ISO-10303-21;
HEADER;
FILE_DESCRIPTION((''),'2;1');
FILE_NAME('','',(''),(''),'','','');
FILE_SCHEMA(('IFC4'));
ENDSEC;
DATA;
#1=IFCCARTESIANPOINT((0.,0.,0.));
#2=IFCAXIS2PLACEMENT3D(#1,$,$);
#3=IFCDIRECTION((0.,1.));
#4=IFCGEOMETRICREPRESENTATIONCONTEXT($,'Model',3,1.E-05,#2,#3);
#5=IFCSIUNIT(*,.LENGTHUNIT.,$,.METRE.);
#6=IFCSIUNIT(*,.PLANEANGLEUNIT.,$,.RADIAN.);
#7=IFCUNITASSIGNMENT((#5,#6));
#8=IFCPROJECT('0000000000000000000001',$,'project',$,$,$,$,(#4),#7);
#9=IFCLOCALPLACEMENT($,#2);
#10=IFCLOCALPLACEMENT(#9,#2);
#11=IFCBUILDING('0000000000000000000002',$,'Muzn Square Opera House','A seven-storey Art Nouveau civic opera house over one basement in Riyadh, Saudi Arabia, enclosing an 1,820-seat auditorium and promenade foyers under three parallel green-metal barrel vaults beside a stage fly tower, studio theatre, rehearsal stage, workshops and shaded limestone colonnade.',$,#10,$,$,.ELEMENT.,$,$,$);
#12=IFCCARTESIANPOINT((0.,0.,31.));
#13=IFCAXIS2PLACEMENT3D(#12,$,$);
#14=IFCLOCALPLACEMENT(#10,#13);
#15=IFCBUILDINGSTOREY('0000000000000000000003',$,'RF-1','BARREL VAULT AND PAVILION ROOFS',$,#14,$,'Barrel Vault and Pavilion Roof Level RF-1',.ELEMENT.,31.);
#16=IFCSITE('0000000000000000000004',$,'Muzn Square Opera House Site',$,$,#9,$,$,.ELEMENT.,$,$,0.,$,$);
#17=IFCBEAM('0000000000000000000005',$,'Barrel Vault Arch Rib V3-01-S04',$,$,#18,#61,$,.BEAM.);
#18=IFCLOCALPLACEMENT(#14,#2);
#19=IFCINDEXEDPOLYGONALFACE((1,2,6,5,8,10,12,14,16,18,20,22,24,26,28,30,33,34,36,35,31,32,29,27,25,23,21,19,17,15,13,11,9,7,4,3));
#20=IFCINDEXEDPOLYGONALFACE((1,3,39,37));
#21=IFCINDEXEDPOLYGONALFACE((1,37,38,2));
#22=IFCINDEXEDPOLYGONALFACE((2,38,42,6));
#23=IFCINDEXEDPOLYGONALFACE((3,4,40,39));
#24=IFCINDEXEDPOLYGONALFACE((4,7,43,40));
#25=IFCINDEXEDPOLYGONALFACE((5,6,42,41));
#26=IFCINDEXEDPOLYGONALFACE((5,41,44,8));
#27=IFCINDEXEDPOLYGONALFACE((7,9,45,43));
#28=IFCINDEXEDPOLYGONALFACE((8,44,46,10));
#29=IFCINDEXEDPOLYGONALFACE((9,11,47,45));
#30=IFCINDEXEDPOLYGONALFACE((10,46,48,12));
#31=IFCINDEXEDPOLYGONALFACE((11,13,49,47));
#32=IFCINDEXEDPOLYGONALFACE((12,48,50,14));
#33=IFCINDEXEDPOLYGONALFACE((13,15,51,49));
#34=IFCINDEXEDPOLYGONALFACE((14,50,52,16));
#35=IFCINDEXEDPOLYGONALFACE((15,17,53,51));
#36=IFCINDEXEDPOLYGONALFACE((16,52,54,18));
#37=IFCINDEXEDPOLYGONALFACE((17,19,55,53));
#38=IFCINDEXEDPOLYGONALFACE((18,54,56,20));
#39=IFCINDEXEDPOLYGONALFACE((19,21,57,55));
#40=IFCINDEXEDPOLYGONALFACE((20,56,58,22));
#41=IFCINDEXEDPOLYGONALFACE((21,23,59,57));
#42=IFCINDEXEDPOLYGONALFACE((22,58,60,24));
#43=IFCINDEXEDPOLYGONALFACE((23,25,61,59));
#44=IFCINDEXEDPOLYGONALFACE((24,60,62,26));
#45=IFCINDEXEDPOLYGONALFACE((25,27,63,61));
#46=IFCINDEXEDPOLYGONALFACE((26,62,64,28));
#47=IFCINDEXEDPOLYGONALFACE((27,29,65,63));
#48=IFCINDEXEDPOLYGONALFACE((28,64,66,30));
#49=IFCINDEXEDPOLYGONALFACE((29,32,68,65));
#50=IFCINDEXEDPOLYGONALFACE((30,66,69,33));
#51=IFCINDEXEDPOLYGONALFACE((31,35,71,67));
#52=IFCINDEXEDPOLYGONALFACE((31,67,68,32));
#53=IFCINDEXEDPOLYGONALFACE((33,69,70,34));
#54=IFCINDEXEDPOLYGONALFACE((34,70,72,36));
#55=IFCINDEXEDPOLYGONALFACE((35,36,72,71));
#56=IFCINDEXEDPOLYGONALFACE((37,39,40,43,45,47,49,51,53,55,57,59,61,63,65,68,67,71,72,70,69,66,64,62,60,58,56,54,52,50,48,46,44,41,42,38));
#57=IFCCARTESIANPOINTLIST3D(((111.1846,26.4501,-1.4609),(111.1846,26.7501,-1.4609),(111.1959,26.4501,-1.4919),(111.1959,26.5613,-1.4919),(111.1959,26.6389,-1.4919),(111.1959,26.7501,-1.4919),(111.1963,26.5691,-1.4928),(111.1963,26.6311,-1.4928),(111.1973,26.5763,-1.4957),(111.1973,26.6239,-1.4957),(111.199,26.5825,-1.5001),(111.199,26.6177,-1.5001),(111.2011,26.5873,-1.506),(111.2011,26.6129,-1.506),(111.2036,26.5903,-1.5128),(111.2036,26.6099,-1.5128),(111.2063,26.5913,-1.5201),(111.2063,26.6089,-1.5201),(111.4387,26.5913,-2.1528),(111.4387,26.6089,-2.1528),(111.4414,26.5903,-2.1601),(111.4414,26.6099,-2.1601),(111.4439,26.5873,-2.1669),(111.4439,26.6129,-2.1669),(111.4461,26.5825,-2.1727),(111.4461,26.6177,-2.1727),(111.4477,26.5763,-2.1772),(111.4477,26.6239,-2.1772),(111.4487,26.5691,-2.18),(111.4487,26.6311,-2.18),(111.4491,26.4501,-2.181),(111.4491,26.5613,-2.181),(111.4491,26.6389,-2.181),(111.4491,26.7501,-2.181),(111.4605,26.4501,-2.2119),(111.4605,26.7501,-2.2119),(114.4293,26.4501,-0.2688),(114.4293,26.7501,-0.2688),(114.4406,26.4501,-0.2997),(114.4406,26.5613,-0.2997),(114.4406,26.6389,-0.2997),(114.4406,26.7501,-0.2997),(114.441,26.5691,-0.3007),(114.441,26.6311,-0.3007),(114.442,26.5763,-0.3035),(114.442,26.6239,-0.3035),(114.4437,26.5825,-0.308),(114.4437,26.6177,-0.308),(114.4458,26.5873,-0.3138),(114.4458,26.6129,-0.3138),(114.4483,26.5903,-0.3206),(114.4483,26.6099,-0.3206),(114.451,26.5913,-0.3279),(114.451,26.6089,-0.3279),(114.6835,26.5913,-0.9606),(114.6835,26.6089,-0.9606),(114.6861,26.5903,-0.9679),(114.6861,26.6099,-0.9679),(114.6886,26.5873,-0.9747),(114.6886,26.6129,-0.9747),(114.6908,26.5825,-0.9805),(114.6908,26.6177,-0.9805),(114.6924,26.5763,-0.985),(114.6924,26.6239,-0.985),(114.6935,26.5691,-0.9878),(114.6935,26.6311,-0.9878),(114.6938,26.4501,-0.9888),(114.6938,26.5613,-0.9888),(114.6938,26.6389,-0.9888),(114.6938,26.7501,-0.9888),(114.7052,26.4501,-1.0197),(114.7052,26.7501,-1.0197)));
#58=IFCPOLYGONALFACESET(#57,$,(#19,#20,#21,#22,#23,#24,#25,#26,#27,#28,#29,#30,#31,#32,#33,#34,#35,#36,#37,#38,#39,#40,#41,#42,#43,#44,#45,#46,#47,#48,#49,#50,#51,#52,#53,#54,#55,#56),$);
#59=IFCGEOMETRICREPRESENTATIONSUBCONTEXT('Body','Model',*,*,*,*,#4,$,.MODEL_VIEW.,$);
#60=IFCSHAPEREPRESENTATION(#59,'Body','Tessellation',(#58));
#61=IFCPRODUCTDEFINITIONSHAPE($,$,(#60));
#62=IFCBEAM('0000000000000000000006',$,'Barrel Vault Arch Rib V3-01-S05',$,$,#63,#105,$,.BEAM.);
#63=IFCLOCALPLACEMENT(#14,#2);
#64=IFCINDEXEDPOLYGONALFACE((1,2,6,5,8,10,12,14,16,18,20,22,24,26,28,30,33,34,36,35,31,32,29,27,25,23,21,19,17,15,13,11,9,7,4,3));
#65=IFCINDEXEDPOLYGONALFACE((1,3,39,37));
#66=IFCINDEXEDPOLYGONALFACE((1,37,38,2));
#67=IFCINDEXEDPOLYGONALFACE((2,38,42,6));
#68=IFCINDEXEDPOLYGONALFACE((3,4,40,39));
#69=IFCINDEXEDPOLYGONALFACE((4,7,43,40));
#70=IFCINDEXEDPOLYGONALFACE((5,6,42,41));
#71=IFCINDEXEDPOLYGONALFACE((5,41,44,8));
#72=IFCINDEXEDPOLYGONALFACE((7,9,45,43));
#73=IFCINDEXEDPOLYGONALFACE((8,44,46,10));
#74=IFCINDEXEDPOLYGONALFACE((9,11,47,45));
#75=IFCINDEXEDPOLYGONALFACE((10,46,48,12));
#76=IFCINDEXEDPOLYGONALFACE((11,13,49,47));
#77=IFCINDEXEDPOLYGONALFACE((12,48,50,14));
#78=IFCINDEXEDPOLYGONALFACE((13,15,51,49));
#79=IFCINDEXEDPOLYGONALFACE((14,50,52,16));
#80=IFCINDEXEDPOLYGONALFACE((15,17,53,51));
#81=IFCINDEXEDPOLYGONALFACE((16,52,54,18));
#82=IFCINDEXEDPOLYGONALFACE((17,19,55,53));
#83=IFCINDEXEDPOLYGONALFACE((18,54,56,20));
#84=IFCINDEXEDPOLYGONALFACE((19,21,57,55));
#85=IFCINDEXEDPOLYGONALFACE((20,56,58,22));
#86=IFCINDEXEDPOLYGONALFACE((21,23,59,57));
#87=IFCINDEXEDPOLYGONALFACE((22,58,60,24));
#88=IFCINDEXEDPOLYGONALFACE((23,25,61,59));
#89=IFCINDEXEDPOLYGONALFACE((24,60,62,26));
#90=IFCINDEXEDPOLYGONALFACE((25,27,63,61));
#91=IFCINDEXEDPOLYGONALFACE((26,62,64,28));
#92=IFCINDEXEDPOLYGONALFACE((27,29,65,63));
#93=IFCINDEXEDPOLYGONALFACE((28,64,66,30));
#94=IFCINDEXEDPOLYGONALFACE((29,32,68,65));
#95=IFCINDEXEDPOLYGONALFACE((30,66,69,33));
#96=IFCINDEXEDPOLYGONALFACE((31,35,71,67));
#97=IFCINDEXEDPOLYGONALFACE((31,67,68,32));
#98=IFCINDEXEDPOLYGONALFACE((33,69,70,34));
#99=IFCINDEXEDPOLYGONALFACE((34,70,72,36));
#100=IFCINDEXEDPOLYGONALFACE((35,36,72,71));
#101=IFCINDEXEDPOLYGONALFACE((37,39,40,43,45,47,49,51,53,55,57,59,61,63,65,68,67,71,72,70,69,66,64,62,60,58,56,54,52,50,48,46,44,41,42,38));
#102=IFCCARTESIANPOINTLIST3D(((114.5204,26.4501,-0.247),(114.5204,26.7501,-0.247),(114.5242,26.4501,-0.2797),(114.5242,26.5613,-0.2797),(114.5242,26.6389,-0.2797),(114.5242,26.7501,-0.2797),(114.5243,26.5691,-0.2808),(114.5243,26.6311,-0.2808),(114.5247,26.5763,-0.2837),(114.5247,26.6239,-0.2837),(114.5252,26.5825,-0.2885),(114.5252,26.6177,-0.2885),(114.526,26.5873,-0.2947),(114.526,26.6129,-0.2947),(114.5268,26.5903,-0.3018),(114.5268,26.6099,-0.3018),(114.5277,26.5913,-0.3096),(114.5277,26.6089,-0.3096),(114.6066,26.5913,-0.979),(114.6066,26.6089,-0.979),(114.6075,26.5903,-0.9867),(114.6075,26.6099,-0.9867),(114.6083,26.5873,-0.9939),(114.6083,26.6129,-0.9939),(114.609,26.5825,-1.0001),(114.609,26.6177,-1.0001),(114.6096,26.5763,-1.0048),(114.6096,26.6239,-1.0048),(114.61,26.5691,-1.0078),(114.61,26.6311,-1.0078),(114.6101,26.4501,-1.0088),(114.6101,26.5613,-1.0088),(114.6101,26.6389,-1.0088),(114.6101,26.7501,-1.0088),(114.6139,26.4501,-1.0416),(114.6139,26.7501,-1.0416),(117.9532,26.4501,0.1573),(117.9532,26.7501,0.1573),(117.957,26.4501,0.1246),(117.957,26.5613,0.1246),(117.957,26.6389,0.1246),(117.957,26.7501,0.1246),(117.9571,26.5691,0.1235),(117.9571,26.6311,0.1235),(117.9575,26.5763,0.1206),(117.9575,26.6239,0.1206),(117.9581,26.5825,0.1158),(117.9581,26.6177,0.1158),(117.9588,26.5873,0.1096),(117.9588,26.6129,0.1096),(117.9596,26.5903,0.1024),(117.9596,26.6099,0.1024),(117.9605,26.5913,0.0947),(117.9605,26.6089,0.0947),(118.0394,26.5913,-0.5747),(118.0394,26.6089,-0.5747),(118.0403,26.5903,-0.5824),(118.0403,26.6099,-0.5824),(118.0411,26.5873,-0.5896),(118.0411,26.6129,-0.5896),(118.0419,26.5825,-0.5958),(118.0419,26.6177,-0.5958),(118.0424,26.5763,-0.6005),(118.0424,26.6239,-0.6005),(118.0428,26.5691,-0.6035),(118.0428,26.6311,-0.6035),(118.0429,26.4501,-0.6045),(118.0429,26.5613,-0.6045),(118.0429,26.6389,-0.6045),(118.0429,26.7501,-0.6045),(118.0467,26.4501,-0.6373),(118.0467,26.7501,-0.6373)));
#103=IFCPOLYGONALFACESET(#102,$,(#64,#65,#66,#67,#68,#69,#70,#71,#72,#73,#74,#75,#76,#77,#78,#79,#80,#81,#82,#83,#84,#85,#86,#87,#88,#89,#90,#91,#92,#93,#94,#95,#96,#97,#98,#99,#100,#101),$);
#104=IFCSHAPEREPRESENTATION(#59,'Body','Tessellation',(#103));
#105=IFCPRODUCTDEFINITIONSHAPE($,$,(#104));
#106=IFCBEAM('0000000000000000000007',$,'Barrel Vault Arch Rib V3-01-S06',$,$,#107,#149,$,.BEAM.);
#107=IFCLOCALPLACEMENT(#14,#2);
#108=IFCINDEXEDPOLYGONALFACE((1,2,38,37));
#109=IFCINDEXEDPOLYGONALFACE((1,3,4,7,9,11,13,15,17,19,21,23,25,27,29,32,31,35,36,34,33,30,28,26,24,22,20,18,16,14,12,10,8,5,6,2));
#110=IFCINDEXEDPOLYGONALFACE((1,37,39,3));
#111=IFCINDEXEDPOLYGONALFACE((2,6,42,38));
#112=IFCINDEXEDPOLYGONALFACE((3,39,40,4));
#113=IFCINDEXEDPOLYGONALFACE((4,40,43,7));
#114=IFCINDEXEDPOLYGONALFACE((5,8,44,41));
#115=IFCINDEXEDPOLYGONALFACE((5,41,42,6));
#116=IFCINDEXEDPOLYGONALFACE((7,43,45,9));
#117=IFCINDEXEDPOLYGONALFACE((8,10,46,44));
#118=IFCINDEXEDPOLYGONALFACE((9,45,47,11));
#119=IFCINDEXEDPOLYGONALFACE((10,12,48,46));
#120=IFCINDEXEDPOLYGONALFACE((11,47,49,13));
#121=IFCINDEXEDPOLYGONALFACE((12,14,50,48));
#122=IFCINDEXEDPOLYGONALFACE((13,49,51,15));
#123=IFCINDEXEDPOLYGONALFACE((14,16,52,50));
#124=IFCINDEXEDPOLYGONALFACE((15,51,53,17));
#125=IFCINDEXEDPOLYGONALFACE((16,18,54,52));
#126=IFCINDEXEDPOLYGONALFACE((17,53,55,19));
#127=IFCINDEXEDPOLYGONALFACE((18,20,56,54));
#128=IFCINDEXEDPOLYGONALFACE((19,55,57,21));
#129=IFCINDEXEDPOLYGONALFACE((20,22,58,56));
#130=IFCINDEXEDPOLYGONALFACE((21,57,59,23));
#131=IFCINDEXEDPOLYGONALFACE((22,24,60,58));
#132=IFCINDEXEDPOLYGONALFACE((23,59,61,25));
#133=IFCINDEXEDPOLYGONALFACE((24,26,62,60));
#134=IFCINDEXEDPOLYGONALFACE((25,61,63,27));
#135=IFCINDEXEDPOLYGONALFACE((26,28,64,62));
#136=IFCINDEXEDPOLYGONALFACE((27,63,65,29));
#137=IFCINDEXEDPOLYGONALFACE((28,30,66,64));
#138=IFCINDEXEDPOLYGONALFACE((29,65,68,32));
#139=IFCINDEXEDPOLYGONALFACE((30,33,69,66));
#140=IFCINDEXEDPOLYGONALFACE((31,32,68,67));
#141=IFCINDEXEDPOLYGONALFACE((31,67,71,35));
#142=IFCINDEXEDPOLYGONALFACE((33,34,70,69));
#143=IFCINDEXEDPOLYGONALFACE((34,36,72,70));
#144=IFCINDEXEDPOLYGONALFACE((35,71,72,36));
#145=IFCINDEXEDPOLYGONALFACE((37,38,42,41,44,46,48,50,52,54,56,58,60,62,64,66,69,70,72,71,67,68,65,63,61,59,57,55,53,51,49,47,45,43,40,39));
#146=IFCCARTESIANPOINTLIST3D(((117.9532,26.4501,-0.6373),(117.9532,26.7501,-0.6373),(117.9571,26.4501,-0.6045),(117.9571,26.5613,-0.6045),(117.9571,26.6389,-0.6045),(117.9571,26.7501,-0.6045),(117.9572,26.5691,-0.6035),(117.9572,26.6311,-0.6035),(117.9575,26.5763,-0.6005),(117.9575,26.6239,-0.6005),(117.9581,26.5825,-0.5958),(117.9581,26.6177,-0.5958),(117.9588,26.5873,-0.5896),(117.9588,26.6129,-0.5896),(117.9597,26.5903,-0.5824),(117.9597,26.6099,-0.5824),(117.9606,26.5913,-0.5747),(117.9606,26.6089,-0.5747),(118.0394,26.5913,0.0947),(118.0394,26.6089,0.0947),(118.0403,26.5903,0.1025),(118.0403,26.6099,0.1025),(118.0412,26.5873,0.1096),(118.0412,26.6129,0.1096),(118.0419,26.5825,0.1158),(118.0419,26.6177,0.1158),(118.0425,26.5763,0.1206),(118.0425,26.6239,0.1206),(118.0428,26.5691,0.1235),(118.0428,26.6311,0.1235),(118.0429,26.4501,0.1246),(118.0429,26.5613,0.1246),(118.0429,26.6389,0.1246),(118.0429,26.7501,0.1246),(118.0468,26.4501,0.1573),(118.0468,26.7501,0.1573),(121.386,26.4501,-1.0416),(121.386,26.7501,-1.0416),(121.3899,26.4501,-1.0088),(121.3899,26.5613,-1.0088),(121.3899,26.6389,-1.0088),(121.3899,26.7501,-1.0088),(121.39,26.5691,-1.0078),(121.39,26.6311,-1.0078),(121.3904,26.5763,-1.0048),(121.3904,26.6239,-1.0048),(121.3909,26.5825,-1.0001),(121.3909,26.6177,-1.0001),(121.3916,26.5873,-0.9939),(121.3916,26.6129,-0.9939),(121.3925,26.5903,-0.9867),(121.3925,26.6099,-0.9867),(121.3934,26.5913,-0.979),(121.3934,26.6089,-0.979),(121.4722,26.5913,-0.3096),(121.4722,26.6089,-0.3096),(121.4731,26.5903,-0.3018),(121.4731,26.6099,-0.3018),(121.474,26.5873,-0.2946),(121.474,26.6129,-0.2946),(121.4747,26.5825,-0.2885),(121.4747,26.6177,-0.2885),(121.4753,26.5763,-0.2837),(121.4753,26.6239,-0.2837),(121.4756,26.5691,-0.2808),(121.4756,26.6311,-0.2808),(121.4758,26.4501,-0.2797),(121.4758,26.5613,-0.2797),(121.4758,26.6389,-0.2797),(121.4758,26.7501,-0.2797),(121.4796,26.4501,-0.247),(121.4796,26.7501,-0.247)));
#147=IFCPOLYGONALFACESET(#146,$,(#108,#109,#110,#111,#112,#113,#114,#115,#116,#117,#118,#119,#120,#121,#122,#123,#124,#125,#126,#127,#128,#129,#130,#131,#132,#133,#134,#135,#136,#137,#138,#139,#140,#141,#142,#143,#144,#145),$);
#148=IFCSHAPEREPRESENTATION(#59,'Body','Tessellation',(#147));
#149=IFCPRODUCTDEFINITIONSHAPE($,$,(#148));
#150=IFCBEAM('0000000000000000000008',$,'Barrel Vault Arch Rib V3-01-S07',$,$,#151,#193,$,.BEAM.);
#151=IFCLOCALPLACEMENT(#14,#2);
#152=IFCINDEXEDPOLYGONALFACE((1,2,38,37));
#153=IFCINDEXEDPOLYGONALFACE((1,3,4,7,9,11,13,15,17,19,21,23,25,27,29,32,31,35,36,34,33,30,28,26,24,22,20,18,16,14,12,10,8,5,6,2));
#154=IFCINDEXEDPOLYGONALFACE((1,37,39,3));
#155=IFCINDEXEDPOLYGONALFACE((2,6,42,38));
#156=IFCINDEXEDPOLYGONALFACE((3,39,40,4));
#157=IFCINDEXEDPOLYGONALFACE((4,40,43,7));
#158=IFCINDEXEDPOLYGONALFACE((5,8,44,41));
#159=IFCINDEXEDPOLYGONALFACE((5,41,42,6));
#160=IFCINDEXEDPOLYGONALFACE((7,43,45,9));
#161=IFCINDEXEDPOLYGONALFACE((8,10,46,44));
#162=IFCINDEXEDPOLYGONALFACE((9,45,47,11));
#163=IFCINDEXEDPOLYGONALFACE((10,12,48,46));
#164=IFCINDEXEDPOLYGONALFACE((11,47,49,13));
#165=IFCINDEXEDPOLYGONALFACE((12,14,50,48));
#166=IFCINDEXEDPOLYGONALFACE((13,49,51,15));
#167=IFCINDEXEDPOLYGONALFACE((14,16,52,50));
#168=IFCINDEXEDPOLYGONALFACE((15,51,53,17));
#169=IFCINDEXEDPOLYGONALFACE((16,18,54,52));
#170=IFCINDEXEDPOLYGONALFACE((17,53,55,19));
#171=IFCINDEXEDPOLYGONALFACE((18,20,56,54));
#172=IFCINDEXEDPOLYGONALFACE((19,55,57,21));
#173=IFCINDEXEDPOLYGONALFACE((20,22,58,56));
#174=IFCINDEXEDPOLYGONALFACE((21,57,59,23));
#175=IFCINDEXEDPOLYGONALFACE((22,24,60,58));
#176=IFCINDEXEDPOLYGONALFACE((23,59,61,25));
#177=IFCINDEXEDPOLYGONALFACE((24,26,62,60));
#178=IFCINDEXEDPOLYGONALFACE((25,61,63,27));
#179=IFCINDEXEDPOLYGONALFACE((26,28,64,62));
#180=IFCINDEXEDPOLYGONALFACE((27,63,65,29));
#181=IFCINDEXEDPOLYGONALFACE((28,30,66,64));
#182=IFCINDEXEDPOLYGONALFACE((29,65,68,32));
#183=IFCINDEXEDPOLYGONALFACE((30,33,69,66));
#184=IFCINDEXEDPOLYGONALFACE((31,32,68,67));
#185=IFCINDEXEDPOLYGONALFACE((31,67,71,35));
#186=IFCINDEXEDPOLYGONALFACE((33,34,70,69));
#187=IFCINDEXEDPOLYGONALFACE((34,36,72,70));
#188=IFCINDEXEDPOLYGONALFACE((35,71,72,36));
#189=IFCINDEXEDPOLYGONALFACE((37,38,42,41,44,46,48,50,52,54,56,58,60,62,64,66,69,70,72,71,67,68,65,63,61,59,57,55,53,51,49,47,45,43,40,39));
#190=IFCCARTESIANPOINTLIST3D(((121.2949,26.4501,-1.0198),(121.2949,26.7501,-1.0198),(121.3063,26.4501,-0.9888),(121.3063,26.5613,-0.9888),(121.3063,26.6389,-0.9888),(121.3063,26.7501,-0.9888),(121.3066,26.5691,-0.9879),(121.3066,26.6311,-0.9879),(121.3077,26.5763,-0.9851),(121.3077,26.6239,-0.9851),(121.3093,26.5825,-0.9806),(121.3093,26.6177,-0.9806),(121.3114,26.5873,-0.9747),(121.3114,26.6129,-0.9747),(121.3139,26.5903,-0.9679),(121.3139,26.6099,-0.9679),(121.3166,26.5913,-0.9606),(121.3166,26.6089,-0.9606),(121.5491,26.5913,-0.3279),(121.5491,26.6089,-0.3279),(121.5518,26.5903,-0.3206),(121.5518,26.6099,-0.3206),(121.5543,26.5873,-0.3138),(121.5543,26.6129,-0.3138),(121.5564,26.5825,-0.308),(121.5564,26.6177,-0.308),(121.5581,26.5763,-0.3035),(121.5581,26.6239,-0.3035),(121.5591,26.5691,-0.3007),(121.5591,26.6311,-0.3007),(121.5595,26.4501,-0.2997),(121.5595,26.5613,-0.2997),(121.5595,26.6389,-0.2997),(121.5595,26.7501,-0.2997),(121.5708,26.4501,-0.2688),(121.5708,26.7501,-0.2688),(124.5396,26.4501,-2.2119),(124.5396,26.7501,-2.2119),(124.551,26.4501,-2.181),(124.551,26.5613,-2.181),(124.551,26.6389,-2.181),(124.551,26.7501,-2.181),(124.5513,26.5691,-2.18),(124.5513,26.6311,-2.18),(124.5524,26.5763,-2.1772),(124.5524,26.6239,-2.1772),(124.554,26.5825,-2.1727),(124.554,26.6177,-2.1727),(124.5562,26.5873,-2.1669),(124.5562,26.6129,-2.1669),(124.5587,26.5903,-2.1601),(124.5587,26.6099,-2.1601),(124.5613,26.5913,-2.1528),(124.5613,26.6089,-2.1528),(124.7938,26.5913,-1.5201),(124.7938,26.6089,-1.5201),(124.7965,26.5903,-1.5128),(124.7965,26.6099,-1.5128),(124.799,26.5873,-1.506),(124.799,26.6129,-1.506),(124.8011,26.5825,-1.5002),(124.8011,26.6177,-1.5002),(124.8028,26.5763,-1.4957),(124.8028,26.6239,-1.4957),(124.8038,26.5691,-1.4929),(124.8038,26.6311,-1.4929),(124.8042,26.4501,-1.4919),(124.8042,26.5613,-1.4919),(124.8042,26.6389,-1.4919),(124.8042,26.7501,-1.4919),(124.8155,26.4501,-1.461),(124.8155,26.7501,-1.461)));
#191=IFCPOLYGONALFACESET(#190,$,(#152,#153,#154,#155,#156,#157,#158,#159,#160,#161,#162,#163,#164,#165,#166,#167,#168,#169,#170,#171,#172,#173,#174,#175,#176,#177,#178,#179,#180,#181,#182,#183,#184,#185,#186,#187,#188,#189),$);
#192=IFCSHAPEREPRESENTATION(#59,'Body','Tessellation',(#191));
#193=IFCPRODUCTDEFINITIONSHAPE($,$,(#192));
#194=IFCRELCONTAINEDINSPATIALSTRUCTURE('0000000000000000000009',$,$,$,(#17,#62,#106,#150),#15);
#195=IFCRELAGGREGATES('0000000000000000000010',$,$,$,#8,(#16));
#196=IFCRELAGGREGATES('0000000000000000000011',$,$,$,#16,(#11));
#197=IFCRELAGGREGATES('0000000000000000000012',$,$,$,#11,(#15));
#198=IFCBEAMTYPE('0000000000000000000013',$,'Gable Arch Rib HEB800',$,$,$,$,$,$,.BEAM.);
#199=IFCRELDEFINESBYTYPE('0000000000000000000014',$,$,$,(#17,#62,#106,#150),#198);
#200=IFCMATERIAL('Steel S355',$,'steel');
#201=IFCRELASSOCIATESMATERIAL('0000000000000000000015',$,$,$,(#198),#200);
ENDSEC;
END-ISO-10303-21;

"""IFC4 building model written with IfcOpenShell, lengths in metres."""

from ifc_helpers import new_model, si_unit, direction, frame, origin, origin_2d, place, context, subcontext, project, spatial, i_section, extrude, material, material_profile, profile_set, type_object, element, save


model = new_model("IFC4")

# Units and contexts
model_context = context("Model", 3, precision=1e-05, world=origin(), true_north=direction((0.0, 1.0)))
body_context = subcontext(model_context, "Body", "Model", "MODEL_VIEW")
ifc_project = project(units=[si_unit("LENGTHUNIT", "METRE"), si_unit("PLANEANGLEUNIT", "RADIAN")], contexts=[model_context])

# Site, building, storey
site_placement = place(None, origin())
site = spatial("IfcSite", under=ifc_project, at=site_placement, Name="Muzn Square Opera House Site", CompositionType="ELEMENT", RefElevation=0.0)
building_placement = place(site_placement, origin())
building = spatial("IfcBuilding", under=site, at=building_placement, Name="Muzn Square Opera House", Description="A seven-storey Art Nouveau civic opera house over one basement in Riyadh, Saudi Arabia, enclosing an 1,820-seat auditorium and promenade foyers under three parallel green-metal barrel vaults beside a stage fly tower, studio theatre, rehearsal stage, workshops and shaded limestone colonnade.", CompositionType="ELEMENT")
storey_placement = place(building_placement, frame((0.0, 0.0, 31.0)))
storey = spatial("IfcBuildingStorey", under=building, at=storey_placement, Name="RF-1", Description="BARREL VAULT AND PAVILION ROOFS", LongName="Barrel Vault and Pavilion Roof Level RF-1", CompositionType="ELEMENT", Elevation=31.0)

# Beams
ifc_material_1 = material(Name="Steel S355", Category="steel")
ifc_material_profile_1 = material_profile(ifc_material_1, i_section(OverallWidth=0.3, OverallDepth=0.8, WebThickness=0.0176, FlangeThickness=0.033, FilletRadius=0.03, at=origin_2d()), Name="HEB 800", Category="steel")
ifc_profile_set_1 = profile_set([ifc_material_profile_1], Name="Steel S355")
beam_type_1 = type_object("IfcBeamType", Name="Gable Arch Rib HEB800", PredefinedType="BEAM", material=ifc_profile_set_1)
for number, where, z_axis, x_axis, name in (
    (1, (111.3225, 26.6001, -1.8364), (0.938648, 0.0, 0.344877), (0.0, 1.0, 0.0), "Barrel Vault Arch Rib V3-01-S04"),
):
    element("IfcBeam", number, at=place(storey_placement, frame(where, z_axis=z_axis, x_axis=x_axis)), inside=storey, type_object=beam_type_1, Name=name, PredefinedType="BEAM", context=body_context, shape_type="SweptSolid", body=[
        extrude(i_section(OverallWidth=0.3, OverallDepth=0.8, WebThickness=0.0176, FlangeThickness=0.033, FilletRadius=0.03, at=origin_2d()), origin(), (0.0, 0.0, 1.0), 3.4568),
    ])
for number, where, z_axis, x_axis, name in (
    (2, (114.5671, 26.6001, -0.6443), (0.993136, 0.0, 0.116964), (0.0, 1.0, 0.0), "Barrel Vault Arch Rib V3-01-S05"),
    (3, (118.0, 26.6001, -0.24), (0.993136, 0.0, -0.116964), (0.0, 1.0, 0.0), "Barrel Vault Arch Rib V3-01-S06"),
):
    element("IfcBeam", number, at=place(storey_placement, frame(where, z_axis=z_axis, x_axis=x_axis)), inside=storey, type_object=beam_type_1, Name=name, PredefinedType="BEAM", context=body_context, shape_type="SweptSolid", body=[
        extrude(i_section(OverallWidth=0.3, OverallDepth=0.8, WebThickness=0.0176, FlangeThickness=0.033, FilletRadius=0.03, at=origin_2d()), origin(), (0.0, 0.0, 1.0), 3.4565),
    ])
beam_1_placement = place(storey_placement, frame((121.4329, 26.6001, -0.6443), z_axis=(0.938648, 0.0, -0.344877), x_axis=(0.0, 1.0, 0.0)))
element("IfcBeam", 4, at=beam_1_placement, inside=storey, type_object=beam_type_1, Name="Barrel Vault Arch Rib V3-01-S07", PredefinedType="BEAM", context=body_context, shape_type="SweptSolid", body=[
    extrude(i_section(OverallWidth=0.3, OverallDepth=0.8, WebThickness=0.0176, FlangeThickness=0.033, FilletRadius=0.03, at=origin_2d()), origin(), (0.0, 0.0, 1.0), 3.4568),
])

save(model, "model.ifc")
